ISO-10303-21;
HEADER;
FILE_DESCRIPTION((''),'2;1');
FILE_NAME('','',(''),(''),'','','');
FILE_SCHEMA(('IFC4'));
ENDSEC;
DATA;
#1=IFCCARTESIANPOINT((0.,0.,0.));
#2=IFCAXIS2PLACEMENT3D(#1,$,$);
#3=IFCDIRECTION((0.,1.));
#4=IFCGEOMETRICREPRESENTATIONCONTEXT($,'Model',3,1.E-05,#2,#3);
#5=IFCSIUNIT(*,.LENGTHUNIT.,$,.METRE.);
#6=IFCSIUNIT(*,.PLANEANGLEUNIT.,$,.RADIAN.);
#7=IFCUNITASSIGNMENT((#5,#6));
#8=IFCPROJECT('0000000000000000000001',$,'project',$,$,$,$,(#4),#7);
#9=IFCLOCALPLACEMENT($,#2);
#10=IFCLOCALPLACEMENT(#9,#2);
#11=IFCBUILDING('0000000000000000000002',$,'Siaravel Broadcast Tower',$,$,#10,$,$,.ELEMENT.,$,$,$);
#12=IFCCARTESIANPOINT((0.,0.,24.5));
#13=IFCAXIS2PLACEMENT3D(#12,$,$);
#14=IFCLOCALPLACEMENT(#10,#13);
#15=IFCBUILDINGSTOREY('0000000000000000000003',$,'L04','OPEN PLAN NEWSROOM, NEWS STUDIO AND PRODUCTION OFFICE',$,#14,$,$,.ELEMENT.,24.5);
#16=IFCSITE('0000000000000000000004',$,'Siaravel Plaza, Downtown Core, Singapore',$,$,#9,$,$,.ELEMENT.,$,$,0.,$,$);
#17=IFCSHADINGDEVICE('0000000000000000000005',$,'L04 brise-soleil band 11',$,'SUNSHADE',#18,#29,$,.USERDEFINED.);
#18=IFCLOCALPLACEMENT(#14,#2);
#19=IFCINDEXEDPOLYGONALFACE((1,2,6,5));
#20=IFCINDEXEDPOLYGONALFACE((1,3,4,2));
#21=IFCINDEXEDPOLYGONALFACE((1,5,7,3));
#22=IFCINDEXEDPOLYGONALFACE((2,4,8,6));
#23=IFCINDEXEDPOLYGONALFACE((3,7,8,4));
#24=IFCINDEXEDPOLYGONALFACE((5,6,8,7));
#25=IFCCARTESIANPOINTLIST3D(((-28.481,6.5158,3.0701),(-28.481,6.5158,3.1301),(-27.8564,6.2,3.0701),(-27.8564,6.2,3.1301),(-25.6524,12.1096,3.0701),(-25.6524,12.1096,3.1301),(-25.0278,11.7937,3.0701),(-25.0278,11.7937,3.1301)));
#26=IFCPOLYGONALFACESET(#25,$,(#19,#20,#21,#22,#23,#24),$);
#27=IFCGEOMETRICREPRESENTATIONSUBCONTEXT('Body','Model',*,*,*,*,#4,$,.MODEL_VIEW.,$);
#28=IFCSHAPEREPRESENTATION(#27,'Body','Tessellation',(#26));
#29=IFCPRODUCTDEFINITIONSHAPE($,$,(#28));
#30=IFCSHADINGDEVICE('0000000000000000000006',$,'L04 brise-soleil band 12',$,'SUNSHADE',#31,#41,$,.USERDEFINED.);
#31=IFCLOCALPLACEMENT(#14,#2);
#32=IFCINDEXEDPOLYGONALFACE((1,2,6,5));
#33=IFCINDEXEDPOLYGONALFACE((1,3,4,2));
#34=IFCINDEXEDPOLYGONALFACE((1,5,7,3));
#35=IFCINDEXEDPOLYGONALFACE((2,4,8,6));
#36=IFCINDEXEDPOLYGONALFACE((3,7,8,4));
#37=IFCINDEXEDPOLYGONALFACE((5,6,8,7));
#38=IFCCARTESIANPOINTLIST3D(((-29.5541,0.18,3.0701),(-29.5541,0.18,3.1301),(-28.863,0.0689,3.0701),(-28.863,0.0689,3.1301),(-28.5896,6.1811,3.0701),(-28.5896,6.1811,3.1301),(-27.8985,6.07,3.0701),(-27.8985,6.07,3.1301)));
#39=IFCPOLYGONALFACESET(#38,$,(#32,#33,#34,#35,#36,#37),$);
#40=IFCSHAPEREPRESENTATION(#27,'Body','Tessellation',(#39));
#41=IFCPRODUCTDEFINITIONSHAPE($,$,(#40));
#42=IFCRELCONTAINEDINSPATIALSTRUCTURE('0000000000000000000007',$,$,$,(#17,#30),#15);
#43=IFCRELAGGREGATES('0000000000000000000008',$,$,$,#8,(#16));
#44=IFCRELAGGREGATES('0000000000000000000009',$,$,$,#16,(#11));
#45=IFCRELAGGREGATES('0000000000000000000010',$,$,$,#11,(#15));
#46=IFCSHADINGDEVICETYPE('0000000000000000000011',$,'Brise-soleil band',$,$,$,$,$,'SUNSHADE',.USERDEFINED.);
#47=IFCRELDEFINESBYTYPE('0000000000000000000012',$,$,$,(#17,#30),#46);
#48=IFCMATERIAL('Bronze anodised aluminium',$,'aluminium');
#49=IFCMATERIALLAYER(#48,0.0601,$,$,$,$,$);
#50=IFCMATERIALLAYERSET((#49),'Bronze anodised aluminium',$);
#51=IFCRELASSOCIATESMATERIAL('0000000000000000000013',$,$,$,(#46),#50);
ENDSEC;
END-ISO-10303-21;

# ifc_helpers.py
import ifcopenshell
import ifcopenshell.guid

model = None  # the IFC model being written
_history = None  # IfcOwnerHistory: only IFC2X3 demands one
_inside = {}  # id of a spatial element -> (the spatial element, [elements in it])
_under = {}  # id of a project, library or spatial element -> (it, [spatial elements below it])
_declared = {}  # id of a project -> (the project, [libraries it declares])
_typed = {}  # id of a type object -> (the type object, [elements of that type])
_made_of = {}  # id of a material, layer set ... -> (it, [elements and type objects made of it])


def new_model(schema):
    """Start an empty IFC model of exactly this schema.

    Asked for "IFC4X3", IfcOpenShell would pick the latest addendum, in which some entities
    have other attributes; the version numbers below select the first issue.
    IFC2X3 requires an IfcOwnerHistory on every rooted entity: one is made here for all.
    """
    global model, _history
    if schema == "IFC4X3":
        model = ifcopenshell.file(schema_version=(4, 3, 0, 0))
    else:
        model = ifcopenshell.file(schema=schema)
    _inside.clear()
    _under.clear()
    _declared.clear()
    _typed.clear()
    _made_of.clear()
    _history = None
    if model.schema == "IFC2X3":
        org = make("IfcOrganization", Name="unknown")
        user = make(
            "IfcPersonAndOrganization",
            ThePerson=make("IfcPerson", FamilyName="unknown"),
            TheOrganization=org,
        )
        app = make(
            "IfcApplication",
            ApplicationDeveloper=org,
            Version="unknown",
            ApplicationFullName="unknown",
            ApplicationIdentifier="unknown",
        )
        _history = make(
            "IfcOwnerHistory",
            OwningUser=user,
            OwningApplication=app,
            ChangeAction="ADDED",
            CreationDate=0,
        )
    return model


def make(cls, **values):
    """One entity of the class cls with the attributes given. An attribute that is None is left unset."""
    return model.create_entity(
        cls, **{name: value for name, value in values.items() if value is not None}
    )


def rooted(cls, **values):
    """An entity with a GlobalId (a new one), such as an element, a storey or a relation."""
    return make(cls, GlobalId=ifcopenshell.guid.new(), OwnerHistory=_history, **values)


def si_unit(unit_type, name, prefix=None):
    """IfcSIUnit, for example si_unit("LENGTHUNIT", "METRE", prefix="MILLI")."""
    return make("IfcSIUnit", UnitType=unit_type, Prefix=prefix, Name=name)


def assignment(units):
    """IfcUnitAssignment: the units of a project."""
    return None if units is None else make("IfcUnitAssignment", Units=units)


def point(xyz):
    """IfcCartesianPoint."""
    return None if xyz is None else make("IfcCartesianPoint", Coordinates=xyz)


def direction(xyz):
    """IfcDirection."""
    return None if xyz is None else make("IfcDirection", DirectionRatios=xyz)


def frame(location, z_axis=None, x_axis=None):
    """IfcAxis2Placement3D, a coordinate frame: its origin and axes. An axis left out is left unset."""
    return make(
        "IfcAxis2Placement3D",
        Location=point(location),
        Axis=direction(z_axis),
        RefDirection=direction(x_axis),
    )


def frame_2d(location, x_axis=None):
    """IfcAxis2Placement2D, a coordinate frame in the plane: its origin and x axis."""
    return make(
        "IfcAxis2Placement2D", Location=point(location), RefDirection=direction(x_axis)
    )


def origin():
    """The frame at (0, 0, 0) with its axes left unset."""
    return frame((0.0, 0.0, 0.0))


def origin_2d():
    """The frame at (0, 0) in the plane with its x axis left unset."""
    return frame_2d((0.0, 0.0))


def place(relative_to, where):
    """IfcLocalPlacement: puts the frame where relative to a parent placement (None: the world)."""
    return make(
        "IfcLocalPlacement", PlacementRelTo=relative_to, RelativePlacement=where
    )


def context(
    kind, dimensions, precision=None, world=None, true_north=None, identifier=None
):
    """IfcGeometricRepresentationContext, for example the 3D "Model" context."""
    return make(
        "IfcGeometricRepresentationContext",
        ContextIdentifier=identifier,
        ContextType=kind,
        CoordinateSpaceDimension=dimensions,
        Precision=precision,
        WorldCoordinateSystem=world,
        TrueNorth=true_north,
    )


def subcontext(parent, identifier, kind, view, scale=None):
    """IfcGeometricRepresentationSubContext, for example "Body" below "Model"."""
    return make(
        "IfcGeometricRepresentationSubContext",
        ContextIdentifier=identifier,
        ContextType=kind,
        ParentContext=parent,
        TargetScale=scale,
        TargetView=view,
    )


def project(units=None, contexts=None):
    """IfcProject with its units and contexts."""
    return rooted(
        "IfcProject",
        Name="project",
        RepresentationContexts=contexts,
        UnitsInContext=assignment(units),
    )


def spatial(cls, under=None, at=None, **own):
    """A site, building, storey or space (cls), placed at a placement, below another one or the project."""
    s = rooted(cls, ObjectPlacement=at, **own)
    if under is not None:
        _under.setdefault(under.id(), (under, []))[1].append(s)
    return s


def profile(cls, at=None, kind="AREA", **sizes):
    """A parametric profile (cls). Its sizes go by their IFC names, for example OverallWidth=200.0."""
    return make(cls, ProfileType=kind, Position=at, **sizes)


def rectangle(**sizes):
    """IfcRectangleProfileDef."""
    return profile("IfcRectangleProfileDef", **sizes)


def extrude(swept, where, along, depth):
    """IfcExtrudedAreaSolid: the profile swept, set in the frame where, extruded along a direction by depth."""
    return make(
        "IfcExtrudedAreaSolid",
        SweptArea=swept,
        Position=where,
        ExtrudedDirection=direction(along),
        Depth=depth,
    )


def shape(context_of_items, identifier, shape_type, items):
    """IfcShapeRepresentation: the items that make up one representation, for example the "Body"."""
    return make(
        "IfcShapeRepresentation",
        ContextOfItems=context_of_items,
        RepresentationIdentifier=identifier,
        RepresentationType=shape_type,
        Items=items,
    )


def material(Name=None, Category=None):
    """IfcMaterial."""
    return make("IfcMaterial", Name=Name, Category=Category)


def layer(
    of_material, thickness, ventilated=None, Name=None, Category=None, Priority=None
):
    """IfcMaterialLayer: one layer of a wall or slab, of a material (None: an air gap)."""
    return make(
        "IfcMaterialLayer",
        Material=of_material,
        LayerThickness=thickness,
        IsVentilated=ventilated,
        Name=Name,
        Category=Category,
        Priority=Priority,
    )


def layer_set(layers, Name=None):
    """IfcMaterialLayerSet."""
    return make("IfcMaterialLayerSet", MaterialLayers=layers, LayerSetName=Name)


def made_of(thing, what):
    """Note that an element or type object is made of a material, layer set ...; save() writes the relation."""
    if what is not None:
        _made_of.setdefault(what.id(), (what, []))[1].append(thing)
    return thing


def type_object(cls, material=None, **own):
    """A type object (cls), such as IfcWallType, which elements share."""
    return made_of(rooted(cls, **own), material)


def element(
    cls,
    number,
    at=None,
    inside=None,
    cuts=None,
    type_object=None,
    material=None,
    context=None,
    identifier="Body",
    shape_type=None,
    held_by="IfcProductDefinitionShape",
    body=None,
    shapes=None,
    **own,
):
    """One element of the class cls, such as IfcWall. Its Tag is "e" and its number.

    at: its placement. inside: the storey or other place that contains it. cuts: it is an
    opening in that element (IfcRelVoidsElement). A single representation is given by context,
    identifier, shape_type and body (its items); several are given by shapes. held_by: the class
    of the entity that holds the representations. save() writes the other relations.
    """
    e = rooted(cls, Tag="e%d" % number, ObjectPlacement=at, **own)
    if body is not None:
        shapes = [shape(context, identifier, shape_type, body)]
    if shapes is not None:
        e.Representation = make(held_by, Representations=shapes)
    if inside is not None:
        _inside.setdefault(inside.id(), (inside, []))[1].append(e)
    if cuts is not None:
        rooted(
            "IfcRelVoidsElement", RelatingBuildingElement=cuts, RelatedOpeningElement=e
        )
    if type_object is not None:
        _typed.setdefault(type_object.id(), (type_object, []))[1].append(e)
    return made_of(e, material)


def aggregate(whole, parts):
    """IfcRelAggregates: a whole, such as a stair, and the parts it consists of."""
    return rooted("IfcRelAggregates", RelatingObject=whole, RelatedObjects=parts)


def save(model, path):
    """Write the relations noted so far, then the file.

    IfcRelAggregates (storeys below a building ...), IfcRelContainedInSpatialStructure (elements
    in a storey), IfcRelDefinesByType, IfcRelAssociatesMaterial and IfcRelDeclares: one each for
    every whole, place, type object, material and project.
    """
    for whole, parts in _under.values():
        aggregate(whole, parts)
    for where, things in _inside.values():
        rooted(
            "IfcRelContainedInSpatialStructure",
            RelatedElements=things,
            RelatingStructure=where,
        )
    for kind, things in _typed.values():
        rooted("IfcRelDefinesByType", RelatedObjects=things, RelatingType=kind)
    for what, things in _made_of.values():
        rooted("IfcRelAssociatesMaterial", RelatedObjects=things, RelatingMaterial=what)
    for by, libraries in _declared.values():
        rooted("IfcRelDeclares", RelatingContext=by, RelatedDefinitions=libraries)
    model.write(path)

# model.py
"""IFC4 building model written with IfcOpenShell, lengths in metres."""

from ifc_helpers import new_model, si_unit, direction, frame, origin, origin_2d, place, context, subcontext, project, spatial, rectangle, extrude, material, layer, layer_set, type_object, element, save


model = new_model("IFC4")

# Units and contexts
model_context = context("Model", 3, precision=1e-05, world=origin(), true_north=direction((0.0, 1.0)))
body_context = subcontext(model_context, "Body", "Model", "MODEL_VIEW")
ifc_project = project(units=[si_unit("LENGTHUNIT", "METRE"), si_unit("PLANEANGLEUNIT", "RADIAN")], contexts=[model_context])

# Site, building, storey
site_placement = place(None, origin())
site = spatial("IfcSite", under=ifc_project, at=site_placement, Name="Siaravel Plaza, Downtown Core, Singapore", CompositionType="ELEMENT", RefElevation=0.0)
building_placement = place(site_placement, origin())
building = spatial("IfcBuilding", under=site, at=building_placement, Name="Siaravel Broadcast Tower", CompositionType="ELEMENT")
storey_placement = place(building_placement, frame((0.0, 0.0, 24.5)))
storey = spatial("IfcBuildingStorey", under=building, at=storey_placement, Name="L04", Description="OPEN PLAN NEWSROOM, NEWS STUDIO AND PRODUCTION OFFICE", CompositionType="ELEMENT", Elevation=24.5)

# Shading devices
ifc_material_1 = material(Name="Bronze anodised aluminium", Category="aluminium")
ifc_layer_1 = layer(ifc_material_1, 0.0601)
ifc_layer_set_1 = layer_set([ifc_layer_1], Name="Bronze anodised aluminium")
shading_device_type = type_object("IfcShadingDeviceType", Name="Brise-soleil band", ElementType="SUNSHADE", PredefinedType="USERDEFINED", material=ifc_layer_set_1)
shading_device_1_placement = place(storey_placement, frame((-26.7544, 9.1548, 3.0701), z_axis=(0.0, 0.0, 1.0), x_axis=(-0.451262, -0.892391, 0.0)))
element("IfcShadingDevice", 1, at=shading_device_1_placement, inside=storey, type_object=shading_device_type, Name="L04 brise-soleil band 11", ObjectType="SUNSHADE", PredefinedType="USERDEFINED", context=body_context, shape_type="SweptSolid", body=[
    extrude(rectangle(XDim=6.2683, YDim=0.7, at=origin_2d()), origin(), (0.0, 0.0, 1.0), 0.0601),
])
shading_device_2_placement = place(storey_placement, frame((-28.7263, 3.125, 3.0701), z_axis=(0.0, 0.0, 1.0), x_axis=(-0.158685, -0.987329, 0.0)))
element("IfcShadingDevice", 2, at=shading_device_2_placement, inside=storey, type_object=shading_device_type, Name="L04 brise-soleil band 12", ObjectType="SUNSHADE", PredefinedType="USERDEFINED", context=body_context, shape_type="SweptSolid", body=[
    extrude(rectangle(XDim=6.0781, YDim=0.7, at=origin_2d()), origin(), (0.0, 0.0, 1.0), 0.0601),
])

save(model, "model.ifc")
